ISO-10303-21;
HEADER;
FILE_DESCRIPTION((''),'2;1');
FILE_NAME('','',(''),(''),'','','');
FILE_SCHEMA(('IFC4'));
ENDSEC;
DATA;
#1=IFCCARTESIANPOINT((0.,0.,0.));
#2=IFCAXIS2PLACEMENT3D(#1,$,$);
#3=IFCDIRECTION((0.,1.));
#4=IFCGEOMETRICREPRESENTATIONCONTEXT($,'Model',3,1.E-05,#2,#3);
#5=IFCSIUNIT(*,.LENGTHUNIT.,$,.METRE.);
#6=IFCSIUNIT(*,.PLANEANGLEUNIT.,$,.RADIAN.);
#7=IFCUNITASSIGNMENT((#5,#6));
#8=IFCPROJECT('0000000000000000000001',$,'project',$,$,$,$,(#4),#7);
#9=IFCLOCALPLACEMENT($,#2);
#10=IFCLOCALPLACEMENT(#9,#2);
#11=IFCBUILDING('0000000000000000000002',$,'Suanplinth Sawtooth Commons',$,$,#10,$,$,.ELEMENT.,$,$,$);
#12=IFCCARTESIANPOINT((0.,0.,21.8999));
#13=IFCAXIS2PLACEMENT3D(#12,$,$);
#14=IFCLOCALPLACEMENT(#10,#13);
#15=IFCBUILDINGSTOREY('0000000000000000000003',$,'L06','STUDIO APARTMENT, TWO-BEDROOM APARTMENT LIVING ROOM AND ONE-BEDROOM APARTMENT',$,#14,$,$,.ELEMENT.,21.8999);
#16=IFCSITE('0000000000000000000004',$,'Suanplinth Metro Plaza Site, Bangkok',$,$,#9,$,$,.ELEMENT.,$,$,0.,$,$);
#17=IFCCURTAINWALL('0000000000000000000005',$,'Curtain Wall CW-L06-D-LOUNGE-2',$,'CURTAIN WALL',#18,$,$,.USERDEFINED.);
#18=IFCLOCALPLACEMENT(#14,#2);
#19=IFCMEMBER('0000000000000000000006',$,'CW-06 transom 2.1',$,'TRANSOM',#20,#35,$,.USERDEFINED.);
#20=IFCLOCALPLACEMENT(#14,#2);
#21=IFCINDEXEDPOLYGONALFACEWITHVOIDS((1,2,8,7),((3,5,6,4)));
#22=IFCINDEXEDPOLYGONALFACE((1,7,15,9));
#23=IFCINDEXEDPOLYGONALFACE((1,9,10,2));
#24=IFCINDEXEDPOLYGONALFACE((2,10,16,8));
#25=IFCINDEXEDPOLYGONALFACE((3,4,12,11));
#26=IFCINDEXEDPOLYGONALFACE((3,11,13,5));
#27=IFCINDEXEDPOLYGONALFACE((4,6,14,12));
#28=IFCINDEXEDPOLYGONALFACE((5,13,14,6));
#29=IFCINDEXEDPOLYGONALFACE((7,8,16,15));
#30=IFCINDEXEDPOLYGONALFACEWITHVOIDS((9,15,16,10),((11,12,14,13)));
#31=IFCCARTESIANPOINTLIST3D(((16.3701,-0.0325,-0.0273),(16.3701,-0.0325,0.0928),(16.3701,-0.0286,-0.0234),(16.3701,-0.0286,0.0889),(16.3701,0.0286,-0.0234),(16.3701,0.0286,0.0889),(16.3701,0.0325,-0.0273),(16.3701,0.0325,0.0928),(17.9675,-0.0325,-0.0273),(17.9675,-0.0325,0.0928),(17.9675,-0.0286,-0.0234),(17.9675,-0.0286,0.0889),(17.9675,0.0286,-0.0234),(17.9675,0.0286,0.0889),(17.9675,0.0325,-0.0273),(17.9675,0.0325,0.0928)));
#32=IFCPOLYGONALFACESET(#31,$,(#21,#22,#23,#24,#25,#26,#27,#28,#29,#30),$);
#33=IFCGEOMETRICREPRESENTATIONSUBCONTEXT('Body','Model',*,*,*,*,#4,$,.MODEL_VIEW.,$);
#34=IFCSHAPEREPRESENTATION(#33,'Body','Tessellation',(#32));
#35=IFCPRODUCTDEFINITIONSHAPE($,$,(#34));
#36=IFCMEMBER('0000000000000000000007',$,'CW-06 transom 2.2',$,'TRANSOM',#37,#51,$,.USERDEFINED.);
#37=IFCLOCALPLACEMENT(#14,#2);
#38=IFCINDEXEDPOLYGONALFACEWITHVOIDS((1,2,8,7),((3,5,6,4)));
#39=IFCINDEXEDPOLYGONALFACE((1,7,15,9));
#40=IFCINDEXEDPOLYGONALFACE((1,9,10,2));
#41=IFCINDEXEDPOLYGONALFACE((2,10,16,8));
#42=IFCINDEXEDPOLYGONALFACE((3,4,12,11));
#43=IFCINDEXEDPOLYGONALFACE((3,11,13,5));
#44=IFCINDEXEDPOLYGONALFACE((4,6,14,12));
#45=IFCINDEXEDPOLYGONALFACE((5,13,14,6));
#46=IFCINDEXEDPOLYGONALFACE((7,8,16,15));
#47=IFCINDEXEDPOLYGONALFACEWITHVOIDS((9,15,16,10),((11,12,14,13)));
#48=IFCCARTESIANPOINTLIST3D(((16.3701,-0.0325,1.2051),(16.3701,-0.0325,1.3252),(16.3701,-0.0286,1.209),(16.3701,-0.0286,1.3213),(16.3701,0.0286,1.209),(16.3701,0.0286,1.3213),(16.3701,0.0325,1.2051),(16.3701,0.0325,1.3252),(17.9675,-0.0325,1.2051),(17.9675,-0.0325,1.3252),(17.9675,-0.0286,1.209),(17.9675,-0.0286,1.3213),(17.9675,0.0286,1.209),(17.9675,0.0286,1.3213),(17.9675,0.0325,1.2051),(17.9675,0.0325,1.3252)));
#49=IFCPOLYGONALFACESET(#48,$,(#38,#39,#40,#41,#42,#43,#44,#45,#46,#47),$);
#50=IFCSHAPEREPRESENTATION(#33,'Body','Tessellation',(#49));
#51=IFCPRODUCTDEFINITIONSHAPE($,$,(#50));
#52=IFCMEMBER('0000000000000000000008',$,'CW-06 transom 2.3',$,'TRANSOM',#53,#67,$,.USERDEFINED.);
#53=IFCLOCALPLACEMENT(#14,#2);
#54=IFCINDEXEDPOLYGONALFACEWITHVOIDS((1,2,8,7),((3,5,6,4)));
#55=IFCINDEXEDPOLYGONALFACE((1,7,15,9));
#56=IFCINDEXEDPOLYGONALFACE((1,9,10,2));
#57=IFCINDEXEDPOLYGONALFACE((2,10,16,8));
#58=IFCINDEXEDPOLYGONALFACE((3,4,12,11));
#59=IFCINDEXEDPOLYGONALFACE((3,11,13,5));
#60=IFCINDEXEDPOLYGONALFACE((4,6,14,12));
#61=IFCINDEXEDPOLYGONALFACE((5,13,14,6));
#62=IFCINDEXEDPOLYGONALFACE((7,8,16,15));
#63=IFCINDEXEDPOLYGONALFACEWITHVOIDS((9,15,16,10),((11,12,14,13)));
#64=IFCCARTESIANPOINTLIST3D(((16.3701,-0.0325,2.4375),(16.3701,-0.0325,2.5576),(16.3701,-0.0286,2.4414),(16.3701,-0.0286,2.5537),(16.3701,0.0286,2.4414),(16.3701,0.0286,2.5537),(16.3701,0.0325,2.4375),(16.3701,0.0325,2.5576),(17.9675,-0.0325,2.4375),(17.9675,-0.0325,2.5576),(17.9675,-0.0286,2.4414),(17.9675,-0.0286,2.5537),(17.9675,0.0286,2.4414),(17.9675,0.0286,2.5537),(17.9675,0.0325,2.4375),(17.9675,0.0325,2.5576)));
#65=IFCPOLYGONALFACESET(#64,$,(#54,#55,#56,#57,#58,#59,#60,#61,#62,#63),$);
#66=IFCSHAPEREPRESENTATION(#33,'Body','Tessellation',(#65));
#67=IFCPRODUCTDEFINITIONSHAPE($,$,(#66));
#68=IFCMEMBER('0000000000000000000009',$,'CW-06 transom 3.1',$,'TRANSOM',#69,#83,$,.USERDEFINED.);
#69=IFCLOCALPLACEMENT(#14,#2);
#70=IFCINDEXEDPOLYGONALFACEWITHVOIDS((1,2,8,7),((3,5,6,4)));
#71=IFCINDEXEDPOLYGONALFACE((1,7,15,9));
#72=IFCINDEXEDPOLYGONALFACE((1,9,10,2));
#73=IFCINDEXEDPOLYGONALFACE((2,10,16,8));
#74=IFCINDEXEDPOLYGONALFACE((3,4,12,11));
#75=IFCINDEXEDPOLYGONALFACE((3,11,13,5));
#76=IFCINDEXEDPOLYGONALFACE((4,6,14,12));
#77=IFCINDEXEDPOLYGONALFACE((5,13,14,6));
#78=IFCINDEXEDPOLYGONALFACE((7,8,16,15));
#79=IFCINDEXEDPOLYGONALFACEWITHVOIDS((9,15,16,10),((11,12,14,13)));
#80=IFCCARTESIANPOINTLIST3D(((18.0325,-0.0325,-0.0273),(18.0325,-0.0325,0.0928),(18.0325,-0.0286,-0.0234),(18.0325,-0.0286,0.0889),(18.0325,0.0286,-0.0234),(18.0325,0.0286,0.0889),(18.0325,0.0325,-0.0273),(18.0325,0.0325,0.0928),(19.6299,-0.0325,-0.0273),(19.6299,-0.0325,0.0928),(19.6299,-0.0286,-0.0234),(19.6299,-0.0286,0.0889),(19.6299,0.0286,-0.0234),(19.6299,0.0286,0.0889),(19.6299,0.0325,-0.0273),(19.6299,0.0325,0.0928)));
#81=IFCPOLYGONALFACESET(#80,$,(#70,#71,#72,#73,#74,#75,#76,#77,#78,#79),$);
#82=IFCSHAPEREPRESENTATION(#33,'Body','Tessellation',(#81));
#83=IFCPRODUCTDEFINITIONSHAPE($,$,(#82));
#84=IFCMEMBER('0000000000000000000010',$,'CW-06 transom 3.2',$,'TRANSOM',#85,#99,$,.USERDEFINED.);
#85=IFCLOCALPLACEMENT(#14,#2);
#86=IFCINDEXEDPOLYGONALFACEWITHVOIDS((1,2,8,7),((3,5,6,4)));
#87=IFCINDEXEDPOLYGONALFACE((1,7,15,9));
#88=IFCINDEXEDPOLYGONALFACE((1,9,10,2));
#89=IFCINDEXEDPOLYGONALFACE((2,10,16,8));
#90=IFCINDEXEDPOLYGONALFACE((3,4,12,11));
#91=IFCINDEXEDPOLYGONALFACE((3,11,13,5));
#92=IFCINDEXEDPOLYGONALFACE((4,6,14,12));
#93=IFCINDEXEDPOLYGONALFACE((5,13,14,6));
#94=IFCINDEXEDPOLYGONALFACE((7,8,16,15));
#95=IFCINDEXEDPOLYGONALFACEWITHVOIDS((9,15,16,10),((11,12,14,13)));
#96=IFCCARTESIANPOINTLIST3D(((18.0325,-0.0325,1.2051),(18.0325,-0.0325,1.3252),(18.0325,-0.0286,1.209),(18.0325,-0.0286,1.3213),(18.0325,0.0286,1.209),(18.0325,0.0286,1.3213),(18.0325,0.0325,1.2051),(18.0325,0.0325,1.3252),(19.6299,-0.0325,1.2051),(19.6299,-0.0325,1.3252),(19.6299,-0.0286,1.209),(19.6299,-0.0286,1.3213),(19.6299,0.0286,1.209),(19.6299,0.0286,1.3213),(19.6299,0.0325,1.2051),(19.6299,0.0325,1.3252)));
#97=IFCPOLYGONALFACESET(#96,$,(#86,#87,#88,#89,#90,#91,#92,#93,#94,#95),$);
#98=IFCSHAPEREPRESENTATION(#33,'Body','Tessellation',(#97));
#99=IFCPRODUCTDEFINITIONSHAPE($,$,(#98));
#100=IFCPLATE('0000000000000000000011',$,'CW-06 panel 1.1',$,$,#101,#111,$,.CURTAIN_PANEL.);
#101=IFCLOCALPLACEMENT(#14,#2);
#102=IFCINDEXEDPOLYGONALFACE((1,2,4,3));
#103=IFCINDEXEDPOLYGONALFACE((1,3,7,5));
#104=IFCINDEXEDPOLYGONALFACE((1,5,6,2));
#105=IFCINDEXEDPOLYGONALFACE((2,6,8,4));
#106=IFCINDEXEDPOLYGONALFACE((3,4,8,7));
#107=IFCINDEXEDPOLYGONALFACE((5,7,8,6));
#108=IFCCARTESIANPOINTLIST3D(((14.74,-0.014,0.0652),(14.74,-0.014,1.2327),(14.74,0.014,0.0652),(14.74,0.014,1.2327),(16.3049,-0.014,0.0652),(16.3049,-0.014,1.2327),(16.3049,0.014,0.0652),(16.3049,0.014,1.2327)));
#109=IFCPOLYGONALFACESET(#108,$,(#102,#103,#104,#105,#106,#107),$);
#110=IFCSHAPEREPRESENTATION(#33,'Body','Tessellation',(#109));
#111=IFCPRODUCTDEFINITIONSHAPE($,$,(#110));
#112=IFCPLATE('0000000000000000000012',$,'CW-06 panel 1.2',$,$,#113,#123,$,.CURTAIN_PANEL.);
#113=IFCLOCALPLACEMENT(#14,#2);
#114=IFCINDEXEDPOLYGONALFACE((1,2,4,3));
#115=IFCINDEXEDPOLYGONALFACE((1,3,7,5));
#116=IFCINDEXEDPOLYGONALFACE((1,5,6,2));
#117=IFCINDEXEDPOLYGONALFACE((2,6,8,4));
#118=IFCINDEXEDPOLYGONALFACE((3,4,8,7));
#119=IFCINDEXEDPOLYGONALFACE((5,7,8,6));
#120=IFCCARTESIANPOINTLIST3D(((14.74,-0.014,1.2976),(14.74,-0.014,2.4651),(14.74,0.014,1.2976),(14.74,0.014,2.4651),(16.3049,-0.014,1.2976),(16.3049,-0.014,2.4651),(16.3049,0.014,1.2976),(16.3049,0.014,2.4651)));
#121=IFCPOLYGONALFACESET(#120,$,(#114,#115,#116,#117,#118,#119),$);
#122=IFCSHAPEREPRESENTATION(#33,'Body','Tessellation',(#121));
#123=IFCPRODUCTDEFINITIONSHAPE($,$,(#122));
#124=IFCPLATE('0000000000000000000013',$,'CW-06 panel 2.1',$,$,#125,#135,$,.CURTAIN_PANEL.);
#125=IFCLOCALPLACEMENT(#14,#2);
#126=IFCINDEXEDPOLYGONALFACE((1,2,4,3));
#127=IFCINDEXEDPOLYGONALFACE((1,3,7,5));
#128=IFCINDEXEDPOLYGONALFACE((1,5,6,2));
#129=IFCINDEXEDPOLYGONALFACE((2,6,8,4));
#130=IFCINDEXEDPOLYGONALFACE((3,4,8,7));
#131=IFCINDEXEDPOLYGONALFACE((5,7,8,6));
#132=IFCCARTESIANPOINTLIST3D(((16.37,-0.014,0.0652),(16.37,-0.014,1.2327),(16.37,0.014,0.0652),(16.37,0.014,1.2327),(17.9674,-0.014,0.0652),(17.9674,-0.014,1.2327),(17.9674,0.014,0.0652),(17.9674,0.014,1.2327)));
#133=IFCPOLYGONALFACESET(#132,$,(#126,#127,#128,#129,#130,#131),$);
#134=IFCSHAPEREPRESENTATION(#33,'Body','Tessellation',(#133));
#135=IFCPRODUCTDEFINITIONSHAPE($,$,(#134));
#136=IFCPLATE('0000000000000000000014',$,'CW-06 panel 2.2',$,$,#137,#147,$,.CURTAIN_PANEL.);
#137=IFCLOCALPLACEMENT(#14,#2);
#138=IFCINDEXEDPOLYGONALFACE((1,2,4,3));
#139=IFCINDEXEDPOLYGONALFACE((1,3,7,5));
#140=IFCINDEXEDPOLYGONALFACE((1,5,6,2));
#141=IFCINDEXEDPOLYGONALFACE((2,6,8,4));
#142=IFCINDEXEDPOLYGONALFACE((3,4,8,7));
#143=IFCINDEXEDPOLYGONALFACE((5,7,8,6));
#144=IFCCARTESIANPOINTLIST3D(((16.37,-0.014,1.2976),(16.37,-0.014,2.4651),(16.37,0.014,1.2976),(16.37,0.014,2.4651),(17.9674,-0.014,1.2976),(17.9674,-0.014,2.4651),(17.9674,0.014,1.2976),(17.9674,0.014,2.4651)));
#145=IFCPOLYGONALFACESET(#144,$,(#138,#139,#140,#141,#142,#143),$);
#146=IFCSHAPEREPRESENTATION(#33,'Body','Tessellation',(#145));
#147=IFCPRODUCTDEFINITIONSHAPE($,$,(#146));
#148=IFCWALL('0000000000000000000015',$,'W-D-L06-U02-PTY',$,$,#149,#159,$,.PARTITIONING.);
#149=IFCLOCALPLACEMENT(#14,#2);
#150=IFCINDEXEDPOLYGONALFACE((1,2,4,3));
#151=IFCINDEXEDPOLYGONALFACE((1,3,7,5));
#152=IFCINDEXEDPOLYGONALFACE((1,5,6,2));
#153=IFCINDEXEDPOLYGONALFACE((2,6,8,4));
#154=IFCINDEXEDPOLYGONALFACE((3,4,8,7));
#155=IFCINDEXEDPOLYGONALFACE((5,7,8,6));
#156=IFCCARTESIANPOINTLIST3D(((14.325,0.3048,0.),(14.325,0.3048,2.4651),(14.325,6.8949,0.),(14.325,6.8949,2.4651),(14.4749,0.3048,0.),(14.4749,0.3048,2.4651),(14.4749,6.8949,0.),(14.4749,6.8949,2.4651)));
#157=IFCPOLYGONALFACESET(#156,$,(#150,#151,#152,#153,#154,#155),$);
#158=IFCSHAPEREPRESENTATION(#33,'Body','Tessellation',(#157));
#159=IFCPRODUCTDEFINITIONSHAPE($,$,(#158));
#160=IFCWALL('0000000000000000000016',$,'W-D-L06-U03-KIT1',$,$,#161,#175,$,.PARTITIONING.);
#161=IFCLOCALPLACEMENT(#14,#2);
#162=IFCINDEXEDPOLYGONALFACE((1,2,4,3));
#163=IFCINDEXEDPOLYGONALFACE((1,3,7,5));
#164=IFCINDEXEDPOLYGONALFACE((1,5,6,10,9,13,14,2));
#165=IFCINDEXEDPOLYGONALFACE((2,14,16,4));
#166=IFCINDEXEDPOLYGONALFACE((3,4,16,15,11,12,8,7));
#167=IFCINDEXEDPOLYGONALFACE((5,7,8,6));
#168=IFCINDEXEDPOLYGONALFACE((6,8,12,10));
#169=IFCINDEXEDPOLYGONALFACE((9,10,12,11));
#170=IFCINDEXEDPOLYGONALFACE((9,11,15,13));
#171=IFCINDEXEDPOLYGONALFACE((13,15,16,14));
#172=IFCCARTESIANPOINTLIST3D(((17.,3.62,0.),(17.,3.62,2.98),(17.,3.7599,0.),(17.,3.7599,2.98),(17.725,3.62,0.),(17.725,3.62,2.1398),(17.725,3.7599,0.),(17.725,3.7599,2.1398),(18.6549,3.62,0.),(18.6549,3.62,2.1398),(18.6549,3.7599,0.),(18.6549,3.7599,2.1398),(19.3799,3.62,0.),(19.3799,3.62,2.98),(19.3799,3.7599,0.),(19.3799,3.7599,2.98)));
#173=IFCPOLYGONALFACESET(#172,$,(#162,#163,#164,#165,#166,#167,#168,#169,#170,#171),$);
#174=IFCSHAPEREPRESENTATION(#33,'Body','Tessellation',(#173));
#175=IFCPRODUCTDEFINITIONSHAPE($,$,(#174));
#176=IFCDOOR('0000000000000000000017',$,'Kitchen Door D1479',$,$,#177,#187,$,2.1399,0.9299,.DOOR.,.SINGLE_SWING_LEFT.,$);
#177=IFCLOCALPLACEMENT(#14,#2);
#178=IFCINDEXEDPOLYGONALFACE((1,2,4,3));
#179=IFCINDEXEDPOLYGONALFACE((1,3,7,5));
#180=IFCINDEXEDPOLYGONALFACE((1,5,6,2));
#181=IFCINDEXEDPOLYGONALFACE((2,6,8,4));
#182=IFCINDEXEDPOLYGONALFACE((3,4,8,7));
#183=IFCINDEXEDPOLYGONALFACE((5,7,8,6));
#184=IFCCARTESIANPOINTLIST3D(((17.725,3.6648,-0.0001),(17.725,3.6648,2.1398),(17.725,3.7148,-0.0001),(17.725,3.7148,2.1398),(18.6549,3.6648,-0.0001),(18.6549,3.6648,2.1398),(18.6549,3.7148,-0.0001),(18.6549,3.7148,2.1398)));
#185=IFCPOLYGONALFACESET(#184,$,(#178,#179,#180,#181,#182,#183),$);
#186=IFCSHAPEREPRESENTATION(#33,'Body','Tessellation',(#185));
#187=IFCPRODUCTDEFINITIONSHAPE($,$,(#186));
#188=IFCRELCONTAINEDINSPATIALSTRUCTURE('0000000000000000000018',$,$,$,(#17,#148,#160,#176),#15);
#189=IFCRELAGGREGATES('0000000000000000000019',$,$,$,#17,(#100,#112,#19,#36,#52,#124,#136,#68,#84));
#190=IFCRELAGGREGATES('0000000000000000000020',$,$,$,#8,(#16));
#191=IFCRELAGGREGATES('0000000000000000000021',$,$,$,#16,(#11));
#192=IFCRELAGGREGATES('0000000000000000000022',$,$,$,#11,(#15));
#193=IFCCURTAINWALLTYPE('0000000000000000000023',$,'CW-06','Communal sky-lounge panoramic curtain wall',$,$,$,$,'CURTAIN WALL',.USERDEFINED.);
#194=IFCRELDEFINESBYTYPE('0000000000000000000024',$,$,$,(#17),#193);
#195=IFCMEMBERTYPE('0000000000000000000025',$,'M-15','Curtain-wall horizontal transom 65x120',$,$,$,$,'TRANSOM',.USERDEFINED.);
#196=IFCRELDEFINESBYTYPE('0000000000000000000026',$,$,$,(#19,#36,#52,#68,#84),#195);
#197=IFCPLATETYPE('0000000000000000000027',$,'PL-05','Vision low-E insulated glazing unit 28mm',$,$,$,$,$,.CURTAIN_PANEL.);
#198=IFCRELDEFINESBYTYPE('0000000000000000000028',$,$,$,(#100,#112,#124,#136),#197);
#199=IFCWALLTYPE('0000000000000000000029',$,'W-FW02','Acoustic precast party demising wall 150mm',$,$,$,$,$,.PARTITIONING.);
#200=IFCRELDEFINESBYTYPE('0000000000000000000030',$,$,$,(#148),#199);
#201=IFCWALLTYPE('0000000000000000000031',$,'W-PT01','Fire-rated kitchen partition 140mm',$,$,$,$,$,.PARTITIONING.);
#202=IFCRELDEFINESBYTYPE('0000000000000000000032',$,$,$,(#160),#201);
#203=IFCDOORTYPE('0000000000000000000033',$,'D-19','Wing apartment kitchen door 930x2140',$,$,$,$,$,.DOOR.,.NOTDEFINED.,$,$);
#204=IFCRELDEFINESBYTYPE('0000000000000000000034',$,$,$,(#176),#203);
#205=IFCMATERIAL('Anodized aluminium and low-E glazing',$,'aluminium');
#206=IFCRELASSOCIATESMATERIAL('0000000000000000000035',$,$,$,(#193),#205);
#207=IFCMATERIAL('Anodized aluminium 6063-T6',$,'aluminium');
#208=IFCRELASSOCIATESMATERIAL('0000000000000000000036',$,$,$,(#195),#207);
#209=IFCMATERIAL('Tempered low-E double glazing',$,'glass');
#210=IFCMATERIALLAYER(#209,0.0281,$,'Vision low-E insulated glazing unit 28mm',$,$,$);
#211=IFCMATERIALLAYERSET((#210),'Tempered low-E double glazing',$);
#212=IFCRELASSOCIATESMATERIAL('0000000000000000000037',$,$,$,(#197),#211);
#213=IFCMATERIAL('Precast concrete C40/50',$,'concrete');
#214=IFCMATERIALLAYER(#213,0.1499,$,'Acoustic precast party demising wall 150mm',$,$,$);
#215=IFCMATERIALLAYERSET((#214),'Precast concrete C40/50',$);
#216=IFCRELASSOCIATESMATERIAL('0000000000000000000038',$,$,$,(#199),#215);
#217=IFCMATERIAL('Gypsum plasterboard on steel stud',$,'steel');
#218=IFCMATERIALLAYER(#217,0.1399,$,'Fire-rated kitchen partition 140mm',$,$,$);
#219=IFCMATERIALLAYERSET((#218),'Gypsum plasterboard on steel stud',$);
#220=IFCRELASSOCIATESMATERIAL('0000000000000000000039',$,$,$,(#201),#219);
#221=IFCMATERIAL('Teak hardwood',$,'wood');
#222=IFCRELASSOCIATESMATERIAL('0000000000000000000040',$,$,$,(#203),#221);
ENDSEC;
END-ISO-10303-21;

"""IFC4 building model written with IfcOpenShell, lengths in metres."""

from ifc_helpers import new_model, si_unit, direction, frame, frame_2d, origin, origin_2d, place, context, subcontext, project, spatial, rectangle, hollow_rectangle, extrude, material, layer, layer_set, material_profile, profile_set, type_object, element, fill, aggregate, save


model = new_model("IFC4")

# Units and contexts
model_context = context("Model", 3, precision=1e-05, world=origin(), true_north=direction((0.0, 1.0)))
body_context = subcontext(model_context, "Body", "Model", "MODEL_VIEW")
ifc_project = project(units=[si_unit("LENGTHUNIT", "METRE"), si_unit("PLANEANGLEUNIT", "RADIAN")], contexts=[model_context])

# Site, building, storey
site_placement = place(None, origin())
site = spatial("IfcSite", under=ifc_project, at=site_placement, Name="Suanplinth Metro Plaza Site, Bangkok", CompositionType="ELEMENT", RefElevation=0.0)
building_placement = place(site_placement, origin())
building = spatial("IfcBuilding", under=site, at=building_placement, Name="Suanplinth Sawtooth Commons", CompositionType="ELEMENT")
storey_placement = place(building_placement, frame((0.0, 0.0, 21.8999)))
storey = spatial("IfcBuildingStorey", under=building, at=storey_placement, Name="L06", Description="STUDIO APARTMENT, TWO-BEDROOM APARTMENT LIVING ROOM AND ONE-BEDROOM APARTMENT", CompositionType="ELEMENT", Elevation=21.8999)

# Shared definitions
ifc_material_1 = material(Name="Precast concrete C40/50", Category="concrete")

# Curtain wall, members, plates
ifc_material_2 = material(Name="Anodized aluminium and low-E glazing", Category="aluminium")
curtain_wall_type = type_object("IfcCurtainWallType", Name="CW-06", Description="Communal sky-lounge panoramic curtain wall", ElementType="CURTAIN WALL", PredefinedType="USERDEFINED", material=ifc_material_2)
curtain_wall_placement = place(storey_placement, origin())
curtain_wall = element("IfcCurtainWall", 1, at=curtain_wall_placement, inside=storey, type_object=curtain_wall_type, Name="Curtain Wall CW-L06-D-LOUNGE-2", ObjectType="CURTAIN WALL", PredefinedType="USERDEFINED")
ifc_material_3 = material(Name="Anodized aluminium 6063-T6", Category="aluminium")
ifc_material_profile_1 = material_profile(ifc_material_3, hollow_rectangle(XDim=0.0649, YDim=0.1201, WallThickness=0.0039, at=origin_2d()), Name="ALU-TRN 65x120")
ifc_profile_set_1 = profile_set([ifc_material_profile_1], Name="Anodized aluminium 6063-T6")
member_type_1 = type_object("IfcMemberType", Name="M-15", Description="Curtain-wall horizontal transom 65x120", ElementType="TRANSOM", PredefinedType="USERDEFINED", material=ifc_profile_set_1)
member_1_placement = place(storey_placement, frame((16.3701, 0.0, 0.0327), z_axis=(1.0, 0.0, 0.0), x_axis=(0.0, 1.0, 0.0)))
member_1 = element("IfcMember", 2, at=member_1_placement, type_object=member_type_1, Name="CW-06 transom 2.1", ObjectType="TRANSOM", PredefinedType="USERDEFINED", context=body_context, shape_type="SweptSolid", body=[
    extrude(hollow_rectangle(XDim=0.0649, YDim=0.1201, WallThickness=0.0039, at=origin_2d()), origin(), (0.0, 0.0, 1.0), 1.5974),
])
member_2_placement = place(storey_placement, frame((16.3701, 0.0, 1.2651), z_axis=(1.0, 0.0, 0.0), x_axis=(0.0, 1.0, 0.0)))
member_2 = element("IfcMember", 3, at=member_2_placement, type_object=member_type_1, Name="CW-06 transom 2.2", ObjectType="TRANSOM", PredefinedType="USERDEFINED", context=body_context, shape_type="SweptSolid", body=[
    extrude(hollow_rectangle(XDim=0.0649, YDim=0.1201, WallThickness=0.0039, at=origin_2d()), origin(), (0.0, 0.0, 1.0), 1.5974),
])
member_3_placement = place(storey_placement, frame((16.3701, 0.0, 2.4976), z_axis=(1.0, 0.0, 0.0), x_axis=(0.0, 1.0, 0.0)))
member_3 = element("IfcMember", 4, at=member_3_placement, type_object=member_type_1, Name="CW-06 transom 2.3", ObjectType="TRANSOM", PredefinedType="USERDEFINED", context=body_context, shape_type="SweptSolid", body=[
    extrude(hollow_rectangle(XDim=0.0649, YDim=0.1201, WallThickness=0.0039, at=origin_2d()), origin(), (0.0, 0.0, 1.0), 1.5974),
])
member_4_placement = place(storey_placement, frame((18.0325, 0.0, 0.0327), z_axis=(1.0, 0.0, 0.0), x_axis=(0.0, 1.0, 0.0)))
member_4 = element("IfcMember", 5, at=member_4_placement, type_object=member_type_1, Name="CW-06 transom 3.1", ObjectType="TRANSOM", PredefinedType="USERDEFINED", context=body_context, shape_type="SweptSolid", body=[
    extrude(hollow_rectangle(XDim=0.0649, YDim=0.1201, WallThickness=0.0039, at=origin_2d()), origin(), (0.0, 0.0, 1.0), 1.5974),
])
member_5_placement = place(storey_placement, frame((18.0325, 0.0, 1.2651), z_axis=(1.0, 0.0, 0.0), x_axis=(0.0, 1.0, 0.0)))
member_5 = element("IfcMember", 6, at=member_5_placement, type_object=member_type_1, Name="CW-06 transom 3.2", ObjectType="TRANSOM", PredefinedType="USERDEFINED", context=body_context, shape_type="SweptSolid", body=[
    extrude(hollow_rectangle(XDim=0.0649, YDim=0.1201, WallThickness=0.0039, at=origin_2d()), origin(), (0.0, 0.0, 1.0), 1.5974),
])
ifc_material_4 = material(Name="Tempered low-E double glazing", Category="glass")
ifc_layer_1 = layer(ifc_material_4, 0.0281, Name="Vision low-E insulated glazing unit 28mm")
ifc_layer_set_1 = layer_set([ifc_layer_1], Name="Tempered low-E double glazing")
plate_type = type_object("IfcPlateType", Name="PL-05", Description="Vision low-E insulated glazing unit 28mm", PredefinedType="CURTAIN_PANEL", material=ifc_layer_set_1)
plate_1_placement = place(storey_placement, frame((15.5225, 0.0, 0.0652), z_axis=(0.0, 0.0, 1.0), x_axis=(1.0, 0.0, 0.0)))
plate_1 = element("IfcPlate", 7, at=plate_1_placement, type_object=plate_type, Name="CW-06 panel 1.1", PredefinedType="CURTAIN_PANEL", context=body_context, shape_type="SweptSolid", body=[
    extrude(rectangle(XDim=1.5649, YDim=0.0281, at=origin_2d()), origin(), (0.0, 0.0, 1.0), 1.1675),
])
plate_2_placement = place(storey_placement, frame((15.5225, 0.0, 1.2976), z_axis=(0.0, 0.0, 1.0), x_axis=(1.0, 0.0, 0.0)))
plate_2 = element("IfcPlate", 8, at=plate_2_placement, type_object=plate_type, Name="CW-06 panel 1.2", PredefinedType="CURTAIN_PANEL", context=body_context, shape_type="SweptSolid", body=[
    extrude(rectangle(XDim=1.5649, YDim=0.0281, at=origin_2d()), origin(), (0.0, 0.0, 1.0), 1.1675),
])
plate_3_placement = place(storey_placement, frame((17.1687, 0.0, 0.0652), z_axis=(0.0, 0.0, 1.0), x_axis=(1.0, 0.0, 0.0)))
plate_3 = element("IfcPlate", 9, at=plate_3_placement, type_object=plate_type, Name="CW-06 panel 2.1", PredefinedType="CURTAIN_PANEL", context=body_context, shape_type="SweptSolid", body=[
    extrude(rectangle(XDim=1.5974, YDim=0.0281, at=origin_2d()), origin(), (0.0, 0.0, 1.0), 1.1675),
])
plate_4_placement = place(storey_placement, frame((17.1687, 0.0, 1.2976), z_axis=(0.0, 0.0, 1.0), x_axis=(1.0, 0.0, 0.0)))
plate_4 = element("IfcPlate", 10, at=plate_4_placement, type_object=plate_type, Name="CW-06 panel 2.2", PredefinedType="CURTAIN_PANEL", context=body_context, shape_type="SweptSolid", body=[
    extrude(rectangle(XDim=1.5974, YDim=0.0281, at=origin_2d()), origin(), (0.0, 0.0, 1.0), 1.1675),
])
aggregate(curtain_wall, [plate_1, plate_2, member_1, member_2, member_3, plate_3, plate_4, member_4, member_5])

# Wall
ifc_layer_2 = layer(ifc_material_1, 0.1499, Name="Acoustic precast party demising wall 150mm")
ifc_layer_set_2 = layer_set([ifc_layer_2], Name="Precast concrete C40/50")
wall_type_1 = type_object("IfcWallType", Name="W-FW02", Description="Acoustic precast party demising wall 150mm", PredefinedType="PARTITIONING", material=ifc_layer_set_2)
wall_1_placement = place(storey_placement, frame((14.3999, 0.3049, 0.0), z_axis=(0.0, 0.0, 1.0), x_axis=(0.0, 1.0, 0.0)))
element("IfcWall", 11, at=wall_1_placement, inside=storey, type_object=wall_type_1, Name="W-D-L06-U02-PTY", PredefinedType="PARTITIONING", context=body_context, shape_type="SweptSolid", body=[
    extrude(rectangle(XDim=6.5901, YDim=0.1499, at=frame_2d((3.2949, 0.0))), origin(), (0.0, 0.0, 1.0), 2.4651),
])

# Wall, opening, door
ifc_material_5 = material(Name="Gypsum plasterboard on steel stud", Category="steel")
ifc_layer_3 = layer(ifc_material_5, 0.1399, Name="Fire-rated kitchen partition 140mm")
ifc_layer_set_3 = layer_set([ifc_layer_3], Name="Gypsum plasterboard on steel stud")
wall_type_2 = type_object("IfcWallType", Name="W-PT01", Description="Fire-rated kitchen partition 140mm", PredefinedType="PARTITIONING", material=ifc_layer_set_3)
wall_2_placement = place(storey_placement, frame((17.0, 3.6899, 0.0), z_axis=(0.0, 0.0, 1.0), x_axis=(1.0, 0.0, 0.0)))
wall_2 = element("IfcWall", 12, at=wall_2_placement, inside=storey, type_object=wall_type_2, Name="W-D-L06-U03-KIT1", PredefinedType="PARTITIONING", context=body_context, shape_type="SweptSolid", body=[
    extrude(rectangle(XDim=2.3799, YDim=0.1399, at=frame_2d((1.1899, 0.0))), origin(), (0.0, 0.0, 1.0), 2.98),
])
opening_1_placement = place(wall_2_placement, frame((0.7251, 0.0, 0.0)))
opening_1 = element("IfcOpeningElement", 13, at=opening_1_placement, cuts=wall_2, PredefinedType="OPENING", context=body_context, shape_type="SweptSolid", body=[
    extrude(rectangle(XDim=0.9299, YDim=2.1399, at=frame_2d((0.4648, 1.0698))), frame((0.0, 0.085, 0.0), z_axis=(0.0, -1.0, 0.0), x_axis=(1.0, 0.0, 0.0)), (0.0, 0.0, 1.0), 0.1697),
])
ifc_material_6 = material(Name="Teak hardwood", Category="wood")
door_type_1 = type_object("IfcDoorType", Name="D-19", Description="Wing apartment kitchen door 930x2140", OperationType="NOTDEFINED", PredefinedType="DOOR", material=ifc_material_6)
door_1_placement = place(opening_1_placement, origin())
door_1 = element("IfcDoor", 14, at=door_1_placement, inside=storey, type_object=door_type_1, Name="Kitchen Door D1479", OperationType="SINGLE_SWING_LEFT", OverallHeight=2.1399, OverallWidth=0.9299, PredefinedType="DOOR", context=body_context, shape_type="SweptSolid", body=[
    extrude(rectangle(XDim=0.9299, YDim=2.1399, at=frame_2d((0.4648, 1.0698))), frame((0.0, 0.0249, 0.0), z_axis=(0.0, -1.0, 0.0), x_axis=(1.0, 0.0, 0.0)), (0.0, 0.0, 1.0), 0.05),
])
fill(opening_1, door_1)

save(model, "model.ifc")
